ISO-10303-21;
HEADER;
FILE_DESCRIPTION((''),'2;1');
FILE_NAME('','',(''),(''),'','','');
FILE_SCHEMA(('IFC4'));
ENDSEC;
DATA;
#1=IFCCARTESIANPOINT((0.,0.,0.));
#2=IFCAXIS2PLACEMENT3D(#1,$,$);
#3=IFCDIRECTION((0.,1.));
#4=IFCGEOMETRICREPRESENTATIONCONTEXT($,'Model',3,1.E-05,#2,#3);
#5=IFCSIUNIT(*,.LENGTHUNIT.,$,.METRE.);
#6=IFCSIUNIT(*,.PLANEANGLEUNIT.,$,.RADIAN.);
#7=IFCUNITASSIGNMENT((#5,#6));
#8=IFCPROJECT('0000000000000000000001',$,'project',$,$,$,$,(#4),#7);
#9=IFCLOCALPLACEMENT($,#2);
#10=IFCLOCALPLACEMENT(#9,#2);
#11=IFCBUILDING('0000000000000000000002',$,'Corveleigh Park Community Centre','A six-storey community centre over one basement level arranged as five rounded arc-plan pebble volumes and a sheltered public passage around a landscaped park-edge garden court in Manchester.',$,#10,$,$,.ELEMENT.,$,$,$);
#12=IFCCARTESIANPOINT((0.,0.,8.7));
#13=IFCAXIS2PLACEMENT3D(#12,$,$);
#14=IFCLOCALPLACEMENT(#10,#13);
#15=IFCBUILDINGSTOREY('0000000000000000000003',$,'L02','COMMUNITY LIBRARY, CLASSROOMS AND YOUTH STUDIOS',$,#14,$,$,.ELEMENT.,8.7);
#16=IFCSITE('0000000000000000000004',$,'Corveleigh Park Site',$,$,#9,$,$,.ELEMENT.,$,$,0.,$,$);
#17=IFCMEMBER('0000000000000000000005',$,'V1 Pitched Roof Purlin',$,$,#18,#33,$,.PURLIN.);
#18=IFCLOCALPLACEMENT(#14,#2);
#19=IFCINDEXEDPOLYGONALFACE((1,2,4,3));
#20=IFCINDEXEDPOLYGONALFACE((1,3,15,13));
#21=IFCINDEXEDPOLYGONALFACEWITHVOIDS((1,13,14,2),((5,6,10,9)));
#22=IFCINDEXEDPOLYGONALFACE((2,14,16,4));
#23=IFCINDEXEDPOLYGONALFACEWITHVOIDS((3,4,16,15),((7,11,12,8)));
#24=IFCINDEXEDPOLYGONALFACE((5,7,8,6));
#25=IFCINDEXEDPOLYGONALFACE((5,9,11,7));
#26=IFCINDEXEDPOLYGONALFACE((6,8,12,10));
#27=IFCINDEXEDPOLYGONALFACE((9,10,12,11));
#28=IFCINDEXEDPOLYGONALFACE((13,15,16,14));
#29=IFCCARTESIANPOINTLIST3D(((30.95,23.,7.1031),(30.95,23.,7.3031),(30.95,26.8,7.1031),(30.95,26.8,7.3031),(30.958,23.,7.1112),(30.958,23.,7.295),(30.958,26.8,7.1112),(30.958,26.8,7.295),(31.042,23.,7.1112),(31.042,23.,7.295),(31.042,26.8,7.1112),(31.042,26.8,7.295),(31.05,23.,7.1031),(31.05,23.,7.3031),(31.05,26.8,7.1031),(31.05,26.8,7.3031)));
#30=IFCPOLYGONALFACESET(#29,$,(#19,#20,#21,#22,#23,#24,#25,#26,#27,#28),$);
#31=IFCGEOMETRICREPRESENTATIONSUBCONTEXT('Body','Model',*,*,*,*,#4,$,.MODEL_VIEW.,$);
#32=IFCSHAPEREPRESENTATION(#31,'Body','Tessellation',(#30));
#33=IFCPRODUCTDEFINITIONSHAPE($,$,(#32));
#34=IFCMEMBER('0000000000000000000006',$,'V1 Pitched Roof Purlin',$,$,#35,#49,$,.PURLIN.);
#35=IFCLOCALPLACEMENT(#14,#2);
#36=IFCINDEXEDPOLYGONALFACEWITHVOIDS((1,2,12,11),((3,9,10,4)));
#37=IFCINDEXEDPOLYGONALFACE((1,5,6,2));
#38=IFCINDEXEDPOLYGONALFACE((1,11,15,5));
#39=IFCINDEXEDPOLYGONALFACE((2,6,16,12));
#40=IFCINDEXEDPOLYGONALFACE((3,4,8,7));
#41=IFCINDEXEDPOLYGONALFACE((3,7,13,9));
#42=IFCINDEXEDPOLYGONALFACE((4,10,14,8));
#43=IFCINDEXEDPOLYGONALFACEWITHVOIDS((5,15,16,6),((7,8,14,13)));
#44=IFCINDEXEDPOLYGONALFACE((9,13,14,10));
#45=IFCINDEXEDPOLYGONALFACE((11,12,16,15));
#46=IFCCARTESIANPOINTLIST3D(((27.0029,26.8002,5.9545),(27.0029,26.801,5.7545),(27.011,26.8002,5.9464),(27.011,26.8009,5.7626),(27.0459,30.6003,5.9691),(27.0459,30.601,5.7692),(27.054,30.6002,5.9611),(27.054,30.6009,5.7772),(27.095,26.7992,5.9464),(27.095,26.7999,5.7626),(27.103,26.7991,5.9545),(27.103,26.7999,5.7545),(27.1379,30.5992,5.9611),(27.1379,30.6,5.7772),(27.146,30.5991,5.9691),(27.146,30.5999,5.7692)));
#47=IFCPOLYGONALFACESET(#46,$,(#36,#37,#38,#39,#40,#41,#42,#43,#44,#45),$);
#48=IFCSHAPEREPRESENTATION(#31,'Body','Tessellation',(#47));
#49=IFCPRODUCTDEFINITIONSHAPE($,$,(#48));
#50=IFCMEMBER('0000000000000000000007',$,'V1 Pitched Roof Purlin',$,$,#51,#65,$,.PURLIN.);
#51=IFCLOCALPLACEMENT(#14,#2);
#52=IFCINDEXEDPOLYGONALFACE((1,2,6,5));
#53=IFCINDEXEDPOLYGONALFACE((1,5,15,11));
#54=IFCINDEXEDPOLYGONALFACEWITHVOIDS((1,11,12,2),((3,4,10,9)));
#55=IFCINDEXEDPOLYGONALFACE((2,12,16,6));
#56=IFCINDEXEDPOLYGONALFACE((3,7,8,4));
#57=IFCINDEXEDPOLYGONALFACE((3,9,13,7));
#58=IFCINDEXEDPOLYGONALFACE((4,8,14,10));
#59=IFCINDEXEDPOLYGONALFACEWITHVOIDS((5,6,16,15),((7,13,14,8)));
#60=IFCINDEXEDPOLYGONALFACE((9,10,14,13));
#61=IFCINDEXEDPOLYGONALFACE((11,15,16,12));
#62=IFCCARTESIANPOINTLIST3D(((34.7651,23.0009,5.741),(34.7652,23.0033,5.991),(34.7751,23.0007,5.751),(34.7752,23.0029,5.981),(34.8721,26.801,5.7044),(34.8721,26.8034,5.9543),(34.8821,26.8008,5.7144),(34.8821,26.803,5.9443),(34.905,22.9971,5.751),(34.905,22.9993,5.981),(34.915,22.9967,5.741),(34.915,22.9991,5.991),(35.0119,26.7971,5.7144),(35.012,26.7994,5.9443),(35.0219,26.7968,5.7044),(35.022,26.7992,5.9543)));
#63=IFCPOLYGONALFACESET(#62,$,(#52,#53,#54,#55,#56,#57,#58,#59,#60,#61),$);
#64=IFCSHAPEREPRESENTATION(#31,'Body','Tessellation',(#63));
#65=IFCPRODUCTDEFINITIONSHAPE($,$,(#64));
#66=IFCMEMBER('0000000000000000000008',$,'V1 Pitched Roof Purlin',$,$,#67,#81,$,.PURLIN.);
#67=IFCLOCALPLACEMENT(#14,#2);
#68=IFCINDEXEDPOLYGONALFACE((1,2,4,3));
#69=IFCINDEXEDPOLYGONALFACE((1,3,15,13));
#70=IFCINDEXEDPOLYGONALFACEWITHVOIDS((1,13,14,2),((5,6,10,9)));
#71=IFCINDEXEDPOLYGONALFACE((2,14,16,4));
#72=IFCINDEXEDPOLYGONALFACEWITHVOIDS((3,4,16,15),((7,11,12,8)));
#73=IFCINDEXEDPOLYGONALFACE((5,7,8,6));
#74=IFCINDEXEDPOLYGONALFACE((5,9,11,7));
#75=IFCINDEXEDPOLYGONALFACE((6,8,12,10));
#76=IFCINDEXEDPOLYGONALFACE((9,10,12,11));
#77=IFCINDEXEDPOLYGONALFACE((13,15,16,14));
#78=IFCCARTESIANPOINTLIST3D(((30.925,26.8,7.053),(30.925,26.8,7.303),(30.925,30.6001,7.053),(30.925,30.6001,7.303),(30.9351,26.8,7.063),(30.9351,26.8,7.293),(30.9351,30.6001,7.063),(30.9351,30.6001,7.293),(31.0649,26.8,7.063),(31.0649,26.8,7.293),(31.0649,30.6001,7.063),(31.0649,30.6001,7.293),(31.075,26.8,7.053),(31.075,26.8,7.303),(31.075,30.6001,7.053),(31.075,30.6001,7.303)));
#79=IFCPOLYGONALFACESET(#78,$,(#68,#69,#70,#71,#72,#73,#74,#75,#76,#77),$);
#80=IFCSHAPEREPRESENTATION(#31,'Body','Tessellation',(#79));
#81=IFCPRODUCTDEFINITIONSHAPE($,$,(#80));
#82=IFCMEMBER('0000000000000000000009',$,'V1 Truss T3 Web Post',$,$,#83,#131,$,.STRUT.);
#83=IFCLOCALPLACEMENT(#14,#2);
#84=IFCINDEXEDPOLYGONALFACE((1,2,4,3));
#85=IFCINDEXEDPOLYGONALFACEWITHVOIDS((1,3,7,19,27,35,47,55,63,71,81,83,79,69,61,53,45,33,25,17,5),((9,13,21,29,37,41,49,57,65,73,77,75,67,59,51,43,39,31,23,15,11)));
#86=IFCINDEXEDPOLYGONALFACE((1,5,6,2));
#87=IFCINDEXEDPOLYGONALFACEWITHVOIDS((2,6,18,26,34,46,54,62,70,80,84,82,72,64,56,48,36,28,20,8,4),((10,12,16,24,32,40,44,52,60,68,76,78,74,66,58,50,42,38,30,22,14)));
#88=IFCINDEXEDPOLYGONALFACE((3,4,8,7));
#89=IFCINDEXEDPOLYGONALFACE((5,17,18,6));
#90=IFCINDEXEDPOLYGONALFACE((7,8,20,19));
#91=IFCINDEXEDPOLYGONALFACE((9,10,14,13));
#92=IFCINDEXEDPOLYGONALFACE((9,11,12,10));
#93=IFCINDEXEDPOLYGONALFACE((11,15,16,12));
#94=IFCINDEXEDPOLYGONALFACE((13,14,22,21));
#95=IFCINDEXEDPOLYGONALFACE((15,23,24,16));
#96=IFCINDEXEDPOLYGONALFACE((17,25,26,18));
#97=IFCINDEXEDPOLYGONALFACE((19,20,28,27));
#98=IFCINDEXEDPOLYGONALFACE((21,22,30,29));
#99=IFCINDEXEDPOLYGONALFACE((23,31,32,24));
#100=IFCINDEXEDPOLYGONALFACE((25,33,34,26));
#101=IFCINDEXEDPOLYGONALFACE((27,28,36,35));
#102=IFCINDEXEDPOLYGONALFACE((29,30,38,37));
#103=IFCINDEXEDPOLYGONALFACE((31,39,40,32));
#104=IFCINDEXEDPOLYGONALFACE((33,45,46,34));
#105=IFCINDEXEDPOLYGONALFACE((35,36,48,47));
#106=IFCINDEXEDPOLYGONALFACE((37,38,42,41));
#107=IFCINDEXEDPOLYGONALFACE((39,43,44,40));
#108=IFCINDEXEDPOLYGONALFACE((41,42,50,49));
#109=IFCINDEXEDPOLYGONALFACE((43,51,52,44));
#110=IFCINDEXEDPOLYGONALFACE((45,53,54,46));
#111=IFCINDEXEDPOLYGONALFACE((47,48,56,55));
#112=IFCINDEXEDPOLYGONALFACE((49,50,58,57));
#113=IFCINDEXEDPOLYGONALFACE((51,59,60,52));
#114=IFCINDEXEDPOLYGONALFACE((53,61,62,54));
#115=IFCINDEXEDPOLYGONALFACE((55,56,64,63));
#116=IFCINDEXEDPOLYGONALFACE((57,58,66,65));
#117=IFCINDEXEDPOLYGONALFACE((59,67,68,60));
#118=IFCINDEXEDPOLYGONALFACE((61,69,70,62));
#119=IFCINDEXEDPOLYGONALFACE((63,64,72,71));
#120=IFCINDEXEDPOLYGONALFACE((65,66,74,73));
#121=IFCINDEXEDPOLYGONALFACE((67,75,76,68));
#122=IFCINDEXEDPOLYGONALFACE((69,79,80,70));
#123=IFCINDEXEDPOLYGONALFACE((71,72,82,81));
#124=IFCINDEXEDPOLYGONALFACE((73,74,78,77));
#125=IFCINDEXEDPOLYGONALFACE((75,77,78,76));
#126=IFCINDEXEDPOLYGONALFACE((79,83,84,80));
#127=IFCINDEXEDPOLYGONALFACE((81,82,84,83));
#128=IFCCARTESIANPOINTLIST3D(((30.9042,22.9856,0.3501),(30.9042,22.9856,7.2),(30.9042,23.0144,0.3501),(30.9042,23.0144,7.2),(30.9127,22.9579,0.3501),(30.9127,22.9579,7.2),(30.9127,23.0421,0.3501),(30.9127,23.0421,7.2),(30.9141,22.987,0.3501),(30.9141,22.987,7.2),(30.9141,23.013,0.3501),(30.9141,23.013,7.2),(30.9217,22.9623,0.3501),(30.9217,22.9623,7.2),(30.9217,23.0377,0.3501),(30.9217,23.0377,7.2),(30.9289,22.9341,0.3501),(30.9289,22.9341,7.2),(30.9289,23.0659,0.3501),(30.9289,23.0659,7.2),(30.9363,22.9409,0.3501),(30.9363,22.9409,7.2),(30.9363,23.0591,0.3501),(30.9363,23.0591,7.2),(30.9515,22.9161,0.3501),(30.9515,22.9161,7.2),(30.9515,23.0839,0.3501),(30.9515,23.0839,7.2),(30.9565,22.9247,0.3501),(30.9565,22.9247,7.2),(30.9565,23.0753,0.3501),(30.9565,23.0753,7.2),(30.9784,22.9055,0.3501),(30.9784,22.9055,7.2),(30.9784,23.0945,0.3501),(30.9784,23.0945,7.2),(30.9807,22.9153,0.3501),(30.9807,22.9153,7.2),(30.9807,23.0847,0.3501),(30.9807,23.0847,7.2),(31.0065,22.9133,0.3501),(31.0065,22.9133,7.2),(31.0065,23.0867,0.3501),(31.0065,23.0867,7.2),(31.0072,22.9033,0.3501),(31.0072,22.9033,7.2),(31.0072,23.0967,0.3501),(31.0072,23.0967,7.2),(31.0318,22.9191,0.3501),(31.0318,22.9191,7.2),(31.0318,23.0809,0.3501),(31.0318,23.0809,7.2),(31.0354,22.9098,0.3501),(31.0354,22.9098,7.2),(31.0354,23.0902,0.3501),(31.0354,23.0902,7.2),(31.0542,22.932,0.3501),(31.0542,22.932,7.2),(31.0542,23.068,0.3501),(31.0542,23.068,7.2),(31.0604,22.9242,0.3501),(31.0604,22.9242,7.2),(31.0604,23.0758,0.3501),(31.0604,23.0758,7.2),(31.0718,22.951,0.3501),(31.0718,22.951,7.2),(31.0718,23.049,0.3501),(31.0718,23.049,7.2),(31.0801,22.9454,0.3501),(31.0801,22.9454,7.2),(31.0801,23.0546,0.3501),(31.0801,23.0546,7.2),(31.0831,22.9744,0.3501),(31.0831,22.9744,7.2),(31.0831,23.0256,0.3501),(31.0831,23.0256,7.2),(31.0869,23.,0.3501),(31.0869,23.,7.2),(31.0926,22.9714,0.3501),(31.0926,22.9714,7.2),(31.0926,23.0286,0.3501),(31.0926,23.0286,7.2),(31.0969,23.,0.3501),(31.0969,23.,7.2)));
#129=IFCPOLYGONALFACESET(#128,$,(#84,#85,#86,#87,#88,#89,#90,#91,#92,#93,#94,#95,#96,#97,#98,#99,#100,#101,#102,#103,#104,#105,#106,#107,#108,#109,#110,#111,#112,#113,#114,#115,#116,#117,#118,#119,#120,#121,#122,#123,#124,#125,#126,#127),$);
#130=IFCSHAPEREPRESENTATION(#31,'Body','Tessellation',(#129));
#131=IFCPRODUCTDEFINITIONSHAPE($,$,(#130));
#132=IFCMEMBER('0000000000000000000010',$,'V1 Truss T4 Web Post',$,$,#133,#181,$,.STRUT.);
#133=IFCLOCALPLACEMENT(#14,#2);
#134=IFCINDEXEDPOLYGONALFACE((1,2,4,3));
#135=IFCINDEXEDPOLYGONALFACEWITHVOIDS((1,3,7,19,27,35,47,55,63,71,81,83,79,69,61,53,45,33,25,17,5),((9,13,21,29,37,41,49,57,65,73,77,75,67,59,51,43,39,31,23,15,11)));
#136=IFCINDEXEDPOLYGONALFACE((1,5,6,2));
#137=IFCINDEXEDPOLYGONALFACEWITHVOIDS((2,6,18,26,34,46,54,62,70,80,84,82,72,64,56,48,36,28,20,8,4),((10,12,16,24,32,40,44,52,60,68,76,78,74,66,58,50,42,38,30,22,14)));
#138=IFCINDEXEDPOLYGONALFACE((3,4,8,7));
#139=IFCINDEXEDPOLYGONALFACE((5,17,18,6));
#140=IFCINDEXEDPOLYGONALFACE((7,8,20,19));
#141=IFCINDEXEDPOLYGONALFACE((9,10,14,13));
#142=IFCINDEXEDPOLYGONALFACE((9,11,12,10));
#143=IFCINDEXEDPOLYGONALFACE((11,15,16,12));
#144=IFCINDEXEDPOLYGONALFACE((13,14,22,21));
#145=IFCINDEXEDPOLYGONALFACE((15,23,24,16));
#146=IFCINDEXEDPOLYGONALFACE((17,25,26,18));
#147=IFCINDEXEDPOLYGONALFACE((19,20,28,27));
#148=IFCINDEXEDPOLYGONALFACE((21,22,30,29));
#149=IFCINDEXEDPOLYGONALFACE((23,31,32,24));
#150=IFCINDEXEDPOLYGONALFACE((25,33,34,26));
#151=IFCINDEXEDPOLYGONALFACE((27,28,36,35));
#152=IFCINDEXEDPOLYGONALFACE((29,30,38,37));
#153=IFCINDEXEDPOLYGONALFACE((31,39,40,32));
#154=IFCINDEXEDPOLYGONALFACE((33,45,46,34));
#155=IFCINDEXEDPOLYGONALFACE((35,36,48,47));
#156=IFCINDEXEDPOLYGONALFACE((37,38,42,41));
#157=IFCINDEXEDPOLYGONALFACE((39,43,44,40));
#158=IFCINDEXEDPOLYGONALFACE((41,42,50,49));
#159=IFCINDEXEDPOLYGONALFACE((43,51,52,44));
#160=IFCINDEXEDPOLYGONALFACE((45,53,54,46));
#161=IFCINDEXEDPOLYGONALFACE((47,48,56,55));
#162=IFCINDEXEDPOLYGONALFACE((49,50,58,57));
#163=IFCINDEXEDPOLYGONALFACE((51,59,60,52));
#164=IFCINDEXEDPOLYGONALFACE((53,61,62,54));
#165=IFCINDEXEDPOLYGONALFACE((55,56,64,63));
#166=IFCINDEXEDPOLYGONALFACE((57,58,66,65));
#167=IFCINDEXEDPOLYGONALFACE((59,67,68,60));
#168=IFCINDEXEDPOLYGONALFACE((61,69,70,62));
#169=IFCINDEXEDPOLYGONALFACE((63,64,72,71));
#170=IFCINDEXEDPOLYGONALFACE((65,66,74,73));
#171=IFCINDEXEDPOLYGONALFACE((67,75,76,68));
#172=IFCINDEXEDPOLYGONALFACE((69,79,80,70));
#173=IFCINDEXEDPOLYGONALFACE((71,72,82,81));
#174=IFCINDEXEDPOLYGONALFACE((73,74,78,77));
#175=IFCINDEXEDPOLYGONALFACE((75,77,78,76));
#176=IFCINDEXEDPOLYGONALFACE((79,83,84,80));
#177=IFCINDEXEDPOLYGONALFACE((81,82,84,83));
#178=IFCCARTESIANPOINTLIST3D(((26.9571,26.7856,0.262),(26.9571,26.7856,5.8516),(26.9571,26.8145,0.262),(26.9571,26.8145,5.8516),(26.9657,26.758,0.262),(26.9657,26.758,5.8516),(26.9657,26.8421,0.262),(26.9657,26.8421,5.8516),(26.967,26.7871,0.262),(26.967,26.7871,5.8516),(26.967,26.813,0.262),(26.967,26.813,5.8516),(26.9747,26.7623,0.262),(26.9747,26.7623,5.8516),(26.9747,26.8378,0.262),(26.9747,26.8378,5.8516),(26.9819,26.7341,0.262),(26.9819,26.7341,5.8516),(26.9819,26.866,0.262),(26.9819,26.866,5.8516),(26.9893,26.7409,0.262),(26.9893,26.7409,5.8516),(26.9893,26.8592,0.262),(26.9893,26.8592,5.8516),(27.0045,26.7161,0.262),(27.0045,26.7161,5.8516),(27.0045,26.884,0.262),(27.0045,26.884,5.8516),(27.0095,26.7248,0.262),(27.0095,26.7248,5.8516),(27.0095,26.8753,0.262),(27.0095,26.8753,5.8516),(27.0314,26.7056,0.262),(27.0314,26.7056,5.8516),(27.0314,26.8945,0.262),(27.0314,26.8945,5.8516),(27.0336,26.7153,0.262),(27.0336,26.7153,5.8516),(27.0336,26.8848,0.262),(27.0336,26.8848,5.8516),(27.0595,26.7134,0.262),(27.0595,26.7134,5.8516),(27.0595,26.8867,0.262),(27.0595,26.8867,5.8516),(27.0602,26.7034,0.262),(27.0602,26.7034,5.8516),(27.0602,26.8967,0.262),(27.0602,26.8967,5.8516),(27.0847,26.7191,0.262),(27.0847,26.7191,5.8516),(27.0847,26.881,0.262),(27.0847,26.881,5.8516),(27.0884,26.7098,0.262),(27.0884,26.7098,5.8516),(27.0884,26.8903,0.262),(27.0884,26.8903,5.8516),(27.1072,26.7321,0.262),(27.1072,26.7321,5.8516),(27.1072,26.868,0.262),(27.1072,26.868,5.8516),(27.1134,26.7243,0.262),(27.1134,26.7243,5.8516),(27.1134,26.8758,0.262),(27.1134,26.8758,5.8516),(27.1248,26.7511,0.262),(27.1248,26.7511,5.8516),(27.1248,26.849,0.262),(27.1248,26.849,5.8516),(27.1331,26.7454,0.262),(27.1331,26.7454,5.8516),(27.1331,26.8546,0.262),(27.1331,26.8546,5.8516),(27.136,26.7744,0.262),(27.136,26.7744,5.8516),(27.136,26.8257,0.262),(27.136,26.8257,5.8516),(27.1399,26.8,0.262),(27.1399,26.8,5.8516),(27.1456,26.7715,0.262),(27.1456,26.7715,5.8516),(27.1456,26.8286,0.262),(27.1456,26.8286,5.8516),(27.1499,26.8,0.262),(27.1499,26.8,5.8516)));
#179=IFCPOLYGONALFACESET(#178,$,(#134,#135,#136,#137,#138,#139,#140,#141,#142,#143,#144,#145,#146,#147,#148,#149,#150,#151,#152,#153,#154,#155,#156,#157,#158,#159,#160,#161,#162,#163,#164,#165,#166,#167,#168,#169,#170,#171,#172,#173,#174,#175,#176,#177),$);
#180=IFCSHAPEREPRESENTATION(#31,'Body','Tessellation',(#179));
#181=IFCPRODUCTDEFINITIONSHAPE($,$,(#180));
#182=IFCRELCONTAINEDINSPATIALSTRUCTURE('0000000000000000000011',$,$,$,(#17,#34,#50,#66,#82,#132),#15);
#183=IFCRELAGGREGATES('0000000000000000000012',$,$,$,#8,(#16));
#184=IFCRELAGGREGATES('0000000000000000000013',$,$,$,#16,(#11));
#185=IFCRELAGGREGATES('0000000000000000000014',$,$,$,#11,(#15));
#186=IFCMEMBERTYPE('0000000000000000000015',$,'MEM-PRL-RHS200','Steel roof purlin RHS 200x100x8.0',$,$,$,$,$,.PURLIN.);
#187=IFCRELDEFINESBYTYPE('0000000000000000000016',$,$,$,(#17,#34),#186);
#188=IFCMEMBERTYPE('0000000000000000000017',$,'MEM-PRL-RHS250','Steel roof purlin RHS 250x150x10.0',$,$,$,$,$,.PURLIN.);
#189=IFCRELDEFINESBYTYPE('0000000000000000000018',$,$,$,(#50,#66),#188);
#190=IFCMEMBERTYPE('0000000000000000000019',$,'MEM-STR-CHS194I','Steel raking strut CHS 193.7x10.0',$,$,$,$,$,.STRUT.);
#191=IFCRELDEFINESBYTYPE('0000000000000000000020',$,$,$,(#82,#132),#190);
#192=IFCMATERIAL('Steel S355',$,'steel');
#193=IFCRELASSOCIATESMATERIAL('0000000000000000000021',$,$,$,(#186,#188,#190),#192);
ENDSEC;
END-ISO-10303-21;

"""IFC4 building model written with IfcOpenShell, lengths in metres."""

from ifc_helpers import new_model, si_unit, direction, frame, origin, origin_2d, place, context, subcontext, project, spatial, hollow_rectangle, hollow_circle, extrude, material, material_profile, profile_set, type_object, element, save


model = new_model("IFC4")

# Units and contexts
model_context = context("Model", 3, precision=1e-05, world=origin(), true_north=direction((0.0, 1.0)))
body_context = subcontext(model_context, "Body", "Model", "MODEL_VIEW")
ifc_project = project(units=[si_unit("LENGTHUNIT", "METRE"), si_unit("PLANEANGLEUNIT", "RADIAN")], contexts=[model_context])

# Site, building, storey
site_placement = place(None, origin())
site = spatial("IfcSite", under=ifc_project, at=site_placement, Name="Corveleigh Park Site", CompositionType="ELEMENT", RefElevation=0.0)
building_placement = place(site_placement, origin())
building = spatial("IfcBuilding", under=site, at=building_placement, Name="Corveleigh Park Community Centre", Description="A six-storey community centre over one basement level arranged as five rounded arc-plan pebble volumes and a sheltered public passage around a landscaped park-edge garden court in Manchester.", CompositionType="ELEMENT")
storey_placement = place(building_placement, frame((0.0, 0.0, 8.7)))
storey = spatial("IfcBuildingStorey", under=building, at=storey_placement, Name="L02", Description="COMMUNITY LIBRARY, CLASSROOMS AND YOUTH STUDIOS", CompositionType="ELEMENT", Elevation=8.7)

# Shared definitions
ifc_material_1 = material(Name="Steel S355", Category="steel")

# Members
ifc_material_profile_1 = material_profile(ifc_material_1, hollow_rectangle(XDim=0.1001, YDim=0.2, WallThickness=0.0081, at=origin_2d()), Name="RHS 200x100x8.0", Category="steel")
ifc_profile_set_1 = profile_set([ifc_material_profile_1], Name="Steel S355")
member_type_1 = type_object("IfcMemberType", Name="MEM-PRL-RHS200", Description="Steel roof purlin RHS 200x100x8.0", PredefinedType="PURLIN", material=ifc_profile_set_1)
member_1_placement = place(storey_placement, frame((31.0, 23.0, 7.2031), z_axis=(0.0, 1.0, 0.0), x_axis=(-1.0, 0.0, 0.0)))
element("IfcMember", 1, at=member_1_placement, inside=storey, type_object=member_type_1, Name="V1 Pitched Roof Purlin", PredefinedType="PURLIN", context=body_context, shape_type="SweptSolid", body=[
    extrude(hollow_rectangle(XDim=0.1001, YDim=0.2, WallThickness=0.0081, at=origin_2d()), origin(), (0.0, 0.0, 1.0), 3.8),
])
member_2_placement = place(storey_placement, frame((27.053, 26.8, 5.8545), z_axis=(0.011307, 0.999929, 0.003855), x_axis=(-0.999936, 0.011307, 0.0)))
element("IfcMember", 2, at=member_2_placement, inside=storey, type_object=member_type_1, Name="V1 Pitched Roof Purlin", PredefinedType="PURLIN", context=body_context, shape_type="SweptSolid", body=[
    extrude(hollow_rectangle(XDim=0.1001, YDim=0.2, WallThickness=0.0081, at=origin_2d()), origin(), (0.0, 0.0, 1.0), 3.8003),
])
ifc_material_profile_2 = material_profile(ifc_material_1, hollow_rectangle(XDim=0.1499, YDim=0.25, WallThickness=0.01, at=origin_2d()), Name="RHS 250x150x10.0", Category="steel")
ifc_profile_set_2 = profile_set([ifc_material_profile_2], Name="Steel S355")
member_type_2 = type_object("IfcMemberType", Name="MEM-PRL-RHS250", Description="Steel roof purlin RHS 250x150x10.0", PredefinedType="PURLIN", material=ifc_profile_set_2)
member_3_placement = place(storey_placement, frame((34.8401, 23.0, 5.866), z_axis=(0.028128, 0.999558, -0.009633), x_axis=(-0.999604, 0.028129, 0.0)))
element("IfcMember", 3, at=member_3_placement, inside=storey, type_object=member_type_2, Name="V1 Pitched Roof Purlin", PredefinedType="PURLIN", context=body_context, shape_type="SweptSolid", body=[
    extrude(hollow_rectangle(XDim=0.1499, YDim=0.25, WallThickness=0.01, at=origin_2d()), origin(), (0.0, 0.0, 1.0), 3.8018),
])
member_4_placement = place(storey_placement, frame((31.0, 26.8, 7.178), z_axis=(0.0, 1.0, 0.0), x_axis=(-1.0, 0.0, 0.0)))
element("IfcMember", 4, at=member_4_placement, inside=storey, type_object=member_type_2, Name="V1 Pitched Roof Purlin", PredefinedType="PURLIN", context=body_context, shape_type="SweptSolid", body=[
    extrude(hollow_rectangle(XDim=0.1499, YDim=0.25, WallThickness=0.01, at=origin_2d()), origin(), (0.0, 0.0, 1.0), 3.8),
])
ifc_material_profile_3 = material_profile(ifc_material_1, hollow_circle(Radius=0.0969, WallThickness=0.01, at=origin_2d()), Name="CHS 193.7x10.0", Category="steel")
ifc_profile_set_3 = profile_set([ifc_material_profile_3], Name="Steel S355")
member_type_3 = type_object("IfcMemberType", Name="MEM-STR-CHS194I", Description="Steel raking strut CHS 193.7x10.0", PredefinedType="STRUT", material=ifc_profile_set_3)
member_5_placement = place(storey_placement, frame((31.0, 23.0, 0.3501), z_axis=(0.0, 0.0, 1.0), x_axis=(1.0, 0.0, 0.0)))
element("IfcMember", 5, at=member_5_placement, inside=storey, type_object=member_type_3, Name="V1 Truss T3 Web Post", PredefinedType="STRUT", context=body_context, shape_type="SweptSolid", body=[
    extrude(hollow_circle(Radius=0.0969, WallThickness=0.01, at=origin_2d()), origin(), (0.0, 0.0, 1.0), 6.8499),
])
member_6_placement = place(storey_placement, frame((27.053, 26.8, 0.262), z_axis=(0.0, 0.0, 1.0), x_axis=(1.0, 0.0, 0.0)))
element("IfcMember", 6, at=member_6_placement, inside=storey, type_object=member_type_3, Name="V1 Truss T4 Web Post", PredefinedType="STRUT", context=body_context, shape_type="SweptSolid", body=[
    extrude(hollow_circle(Radius=0.0969, WallThickness=0.01, at=origin_2d()), origin(), (0.0, 0.0, 1.0), 5.5896),
])

save(model, "model.ifc")
